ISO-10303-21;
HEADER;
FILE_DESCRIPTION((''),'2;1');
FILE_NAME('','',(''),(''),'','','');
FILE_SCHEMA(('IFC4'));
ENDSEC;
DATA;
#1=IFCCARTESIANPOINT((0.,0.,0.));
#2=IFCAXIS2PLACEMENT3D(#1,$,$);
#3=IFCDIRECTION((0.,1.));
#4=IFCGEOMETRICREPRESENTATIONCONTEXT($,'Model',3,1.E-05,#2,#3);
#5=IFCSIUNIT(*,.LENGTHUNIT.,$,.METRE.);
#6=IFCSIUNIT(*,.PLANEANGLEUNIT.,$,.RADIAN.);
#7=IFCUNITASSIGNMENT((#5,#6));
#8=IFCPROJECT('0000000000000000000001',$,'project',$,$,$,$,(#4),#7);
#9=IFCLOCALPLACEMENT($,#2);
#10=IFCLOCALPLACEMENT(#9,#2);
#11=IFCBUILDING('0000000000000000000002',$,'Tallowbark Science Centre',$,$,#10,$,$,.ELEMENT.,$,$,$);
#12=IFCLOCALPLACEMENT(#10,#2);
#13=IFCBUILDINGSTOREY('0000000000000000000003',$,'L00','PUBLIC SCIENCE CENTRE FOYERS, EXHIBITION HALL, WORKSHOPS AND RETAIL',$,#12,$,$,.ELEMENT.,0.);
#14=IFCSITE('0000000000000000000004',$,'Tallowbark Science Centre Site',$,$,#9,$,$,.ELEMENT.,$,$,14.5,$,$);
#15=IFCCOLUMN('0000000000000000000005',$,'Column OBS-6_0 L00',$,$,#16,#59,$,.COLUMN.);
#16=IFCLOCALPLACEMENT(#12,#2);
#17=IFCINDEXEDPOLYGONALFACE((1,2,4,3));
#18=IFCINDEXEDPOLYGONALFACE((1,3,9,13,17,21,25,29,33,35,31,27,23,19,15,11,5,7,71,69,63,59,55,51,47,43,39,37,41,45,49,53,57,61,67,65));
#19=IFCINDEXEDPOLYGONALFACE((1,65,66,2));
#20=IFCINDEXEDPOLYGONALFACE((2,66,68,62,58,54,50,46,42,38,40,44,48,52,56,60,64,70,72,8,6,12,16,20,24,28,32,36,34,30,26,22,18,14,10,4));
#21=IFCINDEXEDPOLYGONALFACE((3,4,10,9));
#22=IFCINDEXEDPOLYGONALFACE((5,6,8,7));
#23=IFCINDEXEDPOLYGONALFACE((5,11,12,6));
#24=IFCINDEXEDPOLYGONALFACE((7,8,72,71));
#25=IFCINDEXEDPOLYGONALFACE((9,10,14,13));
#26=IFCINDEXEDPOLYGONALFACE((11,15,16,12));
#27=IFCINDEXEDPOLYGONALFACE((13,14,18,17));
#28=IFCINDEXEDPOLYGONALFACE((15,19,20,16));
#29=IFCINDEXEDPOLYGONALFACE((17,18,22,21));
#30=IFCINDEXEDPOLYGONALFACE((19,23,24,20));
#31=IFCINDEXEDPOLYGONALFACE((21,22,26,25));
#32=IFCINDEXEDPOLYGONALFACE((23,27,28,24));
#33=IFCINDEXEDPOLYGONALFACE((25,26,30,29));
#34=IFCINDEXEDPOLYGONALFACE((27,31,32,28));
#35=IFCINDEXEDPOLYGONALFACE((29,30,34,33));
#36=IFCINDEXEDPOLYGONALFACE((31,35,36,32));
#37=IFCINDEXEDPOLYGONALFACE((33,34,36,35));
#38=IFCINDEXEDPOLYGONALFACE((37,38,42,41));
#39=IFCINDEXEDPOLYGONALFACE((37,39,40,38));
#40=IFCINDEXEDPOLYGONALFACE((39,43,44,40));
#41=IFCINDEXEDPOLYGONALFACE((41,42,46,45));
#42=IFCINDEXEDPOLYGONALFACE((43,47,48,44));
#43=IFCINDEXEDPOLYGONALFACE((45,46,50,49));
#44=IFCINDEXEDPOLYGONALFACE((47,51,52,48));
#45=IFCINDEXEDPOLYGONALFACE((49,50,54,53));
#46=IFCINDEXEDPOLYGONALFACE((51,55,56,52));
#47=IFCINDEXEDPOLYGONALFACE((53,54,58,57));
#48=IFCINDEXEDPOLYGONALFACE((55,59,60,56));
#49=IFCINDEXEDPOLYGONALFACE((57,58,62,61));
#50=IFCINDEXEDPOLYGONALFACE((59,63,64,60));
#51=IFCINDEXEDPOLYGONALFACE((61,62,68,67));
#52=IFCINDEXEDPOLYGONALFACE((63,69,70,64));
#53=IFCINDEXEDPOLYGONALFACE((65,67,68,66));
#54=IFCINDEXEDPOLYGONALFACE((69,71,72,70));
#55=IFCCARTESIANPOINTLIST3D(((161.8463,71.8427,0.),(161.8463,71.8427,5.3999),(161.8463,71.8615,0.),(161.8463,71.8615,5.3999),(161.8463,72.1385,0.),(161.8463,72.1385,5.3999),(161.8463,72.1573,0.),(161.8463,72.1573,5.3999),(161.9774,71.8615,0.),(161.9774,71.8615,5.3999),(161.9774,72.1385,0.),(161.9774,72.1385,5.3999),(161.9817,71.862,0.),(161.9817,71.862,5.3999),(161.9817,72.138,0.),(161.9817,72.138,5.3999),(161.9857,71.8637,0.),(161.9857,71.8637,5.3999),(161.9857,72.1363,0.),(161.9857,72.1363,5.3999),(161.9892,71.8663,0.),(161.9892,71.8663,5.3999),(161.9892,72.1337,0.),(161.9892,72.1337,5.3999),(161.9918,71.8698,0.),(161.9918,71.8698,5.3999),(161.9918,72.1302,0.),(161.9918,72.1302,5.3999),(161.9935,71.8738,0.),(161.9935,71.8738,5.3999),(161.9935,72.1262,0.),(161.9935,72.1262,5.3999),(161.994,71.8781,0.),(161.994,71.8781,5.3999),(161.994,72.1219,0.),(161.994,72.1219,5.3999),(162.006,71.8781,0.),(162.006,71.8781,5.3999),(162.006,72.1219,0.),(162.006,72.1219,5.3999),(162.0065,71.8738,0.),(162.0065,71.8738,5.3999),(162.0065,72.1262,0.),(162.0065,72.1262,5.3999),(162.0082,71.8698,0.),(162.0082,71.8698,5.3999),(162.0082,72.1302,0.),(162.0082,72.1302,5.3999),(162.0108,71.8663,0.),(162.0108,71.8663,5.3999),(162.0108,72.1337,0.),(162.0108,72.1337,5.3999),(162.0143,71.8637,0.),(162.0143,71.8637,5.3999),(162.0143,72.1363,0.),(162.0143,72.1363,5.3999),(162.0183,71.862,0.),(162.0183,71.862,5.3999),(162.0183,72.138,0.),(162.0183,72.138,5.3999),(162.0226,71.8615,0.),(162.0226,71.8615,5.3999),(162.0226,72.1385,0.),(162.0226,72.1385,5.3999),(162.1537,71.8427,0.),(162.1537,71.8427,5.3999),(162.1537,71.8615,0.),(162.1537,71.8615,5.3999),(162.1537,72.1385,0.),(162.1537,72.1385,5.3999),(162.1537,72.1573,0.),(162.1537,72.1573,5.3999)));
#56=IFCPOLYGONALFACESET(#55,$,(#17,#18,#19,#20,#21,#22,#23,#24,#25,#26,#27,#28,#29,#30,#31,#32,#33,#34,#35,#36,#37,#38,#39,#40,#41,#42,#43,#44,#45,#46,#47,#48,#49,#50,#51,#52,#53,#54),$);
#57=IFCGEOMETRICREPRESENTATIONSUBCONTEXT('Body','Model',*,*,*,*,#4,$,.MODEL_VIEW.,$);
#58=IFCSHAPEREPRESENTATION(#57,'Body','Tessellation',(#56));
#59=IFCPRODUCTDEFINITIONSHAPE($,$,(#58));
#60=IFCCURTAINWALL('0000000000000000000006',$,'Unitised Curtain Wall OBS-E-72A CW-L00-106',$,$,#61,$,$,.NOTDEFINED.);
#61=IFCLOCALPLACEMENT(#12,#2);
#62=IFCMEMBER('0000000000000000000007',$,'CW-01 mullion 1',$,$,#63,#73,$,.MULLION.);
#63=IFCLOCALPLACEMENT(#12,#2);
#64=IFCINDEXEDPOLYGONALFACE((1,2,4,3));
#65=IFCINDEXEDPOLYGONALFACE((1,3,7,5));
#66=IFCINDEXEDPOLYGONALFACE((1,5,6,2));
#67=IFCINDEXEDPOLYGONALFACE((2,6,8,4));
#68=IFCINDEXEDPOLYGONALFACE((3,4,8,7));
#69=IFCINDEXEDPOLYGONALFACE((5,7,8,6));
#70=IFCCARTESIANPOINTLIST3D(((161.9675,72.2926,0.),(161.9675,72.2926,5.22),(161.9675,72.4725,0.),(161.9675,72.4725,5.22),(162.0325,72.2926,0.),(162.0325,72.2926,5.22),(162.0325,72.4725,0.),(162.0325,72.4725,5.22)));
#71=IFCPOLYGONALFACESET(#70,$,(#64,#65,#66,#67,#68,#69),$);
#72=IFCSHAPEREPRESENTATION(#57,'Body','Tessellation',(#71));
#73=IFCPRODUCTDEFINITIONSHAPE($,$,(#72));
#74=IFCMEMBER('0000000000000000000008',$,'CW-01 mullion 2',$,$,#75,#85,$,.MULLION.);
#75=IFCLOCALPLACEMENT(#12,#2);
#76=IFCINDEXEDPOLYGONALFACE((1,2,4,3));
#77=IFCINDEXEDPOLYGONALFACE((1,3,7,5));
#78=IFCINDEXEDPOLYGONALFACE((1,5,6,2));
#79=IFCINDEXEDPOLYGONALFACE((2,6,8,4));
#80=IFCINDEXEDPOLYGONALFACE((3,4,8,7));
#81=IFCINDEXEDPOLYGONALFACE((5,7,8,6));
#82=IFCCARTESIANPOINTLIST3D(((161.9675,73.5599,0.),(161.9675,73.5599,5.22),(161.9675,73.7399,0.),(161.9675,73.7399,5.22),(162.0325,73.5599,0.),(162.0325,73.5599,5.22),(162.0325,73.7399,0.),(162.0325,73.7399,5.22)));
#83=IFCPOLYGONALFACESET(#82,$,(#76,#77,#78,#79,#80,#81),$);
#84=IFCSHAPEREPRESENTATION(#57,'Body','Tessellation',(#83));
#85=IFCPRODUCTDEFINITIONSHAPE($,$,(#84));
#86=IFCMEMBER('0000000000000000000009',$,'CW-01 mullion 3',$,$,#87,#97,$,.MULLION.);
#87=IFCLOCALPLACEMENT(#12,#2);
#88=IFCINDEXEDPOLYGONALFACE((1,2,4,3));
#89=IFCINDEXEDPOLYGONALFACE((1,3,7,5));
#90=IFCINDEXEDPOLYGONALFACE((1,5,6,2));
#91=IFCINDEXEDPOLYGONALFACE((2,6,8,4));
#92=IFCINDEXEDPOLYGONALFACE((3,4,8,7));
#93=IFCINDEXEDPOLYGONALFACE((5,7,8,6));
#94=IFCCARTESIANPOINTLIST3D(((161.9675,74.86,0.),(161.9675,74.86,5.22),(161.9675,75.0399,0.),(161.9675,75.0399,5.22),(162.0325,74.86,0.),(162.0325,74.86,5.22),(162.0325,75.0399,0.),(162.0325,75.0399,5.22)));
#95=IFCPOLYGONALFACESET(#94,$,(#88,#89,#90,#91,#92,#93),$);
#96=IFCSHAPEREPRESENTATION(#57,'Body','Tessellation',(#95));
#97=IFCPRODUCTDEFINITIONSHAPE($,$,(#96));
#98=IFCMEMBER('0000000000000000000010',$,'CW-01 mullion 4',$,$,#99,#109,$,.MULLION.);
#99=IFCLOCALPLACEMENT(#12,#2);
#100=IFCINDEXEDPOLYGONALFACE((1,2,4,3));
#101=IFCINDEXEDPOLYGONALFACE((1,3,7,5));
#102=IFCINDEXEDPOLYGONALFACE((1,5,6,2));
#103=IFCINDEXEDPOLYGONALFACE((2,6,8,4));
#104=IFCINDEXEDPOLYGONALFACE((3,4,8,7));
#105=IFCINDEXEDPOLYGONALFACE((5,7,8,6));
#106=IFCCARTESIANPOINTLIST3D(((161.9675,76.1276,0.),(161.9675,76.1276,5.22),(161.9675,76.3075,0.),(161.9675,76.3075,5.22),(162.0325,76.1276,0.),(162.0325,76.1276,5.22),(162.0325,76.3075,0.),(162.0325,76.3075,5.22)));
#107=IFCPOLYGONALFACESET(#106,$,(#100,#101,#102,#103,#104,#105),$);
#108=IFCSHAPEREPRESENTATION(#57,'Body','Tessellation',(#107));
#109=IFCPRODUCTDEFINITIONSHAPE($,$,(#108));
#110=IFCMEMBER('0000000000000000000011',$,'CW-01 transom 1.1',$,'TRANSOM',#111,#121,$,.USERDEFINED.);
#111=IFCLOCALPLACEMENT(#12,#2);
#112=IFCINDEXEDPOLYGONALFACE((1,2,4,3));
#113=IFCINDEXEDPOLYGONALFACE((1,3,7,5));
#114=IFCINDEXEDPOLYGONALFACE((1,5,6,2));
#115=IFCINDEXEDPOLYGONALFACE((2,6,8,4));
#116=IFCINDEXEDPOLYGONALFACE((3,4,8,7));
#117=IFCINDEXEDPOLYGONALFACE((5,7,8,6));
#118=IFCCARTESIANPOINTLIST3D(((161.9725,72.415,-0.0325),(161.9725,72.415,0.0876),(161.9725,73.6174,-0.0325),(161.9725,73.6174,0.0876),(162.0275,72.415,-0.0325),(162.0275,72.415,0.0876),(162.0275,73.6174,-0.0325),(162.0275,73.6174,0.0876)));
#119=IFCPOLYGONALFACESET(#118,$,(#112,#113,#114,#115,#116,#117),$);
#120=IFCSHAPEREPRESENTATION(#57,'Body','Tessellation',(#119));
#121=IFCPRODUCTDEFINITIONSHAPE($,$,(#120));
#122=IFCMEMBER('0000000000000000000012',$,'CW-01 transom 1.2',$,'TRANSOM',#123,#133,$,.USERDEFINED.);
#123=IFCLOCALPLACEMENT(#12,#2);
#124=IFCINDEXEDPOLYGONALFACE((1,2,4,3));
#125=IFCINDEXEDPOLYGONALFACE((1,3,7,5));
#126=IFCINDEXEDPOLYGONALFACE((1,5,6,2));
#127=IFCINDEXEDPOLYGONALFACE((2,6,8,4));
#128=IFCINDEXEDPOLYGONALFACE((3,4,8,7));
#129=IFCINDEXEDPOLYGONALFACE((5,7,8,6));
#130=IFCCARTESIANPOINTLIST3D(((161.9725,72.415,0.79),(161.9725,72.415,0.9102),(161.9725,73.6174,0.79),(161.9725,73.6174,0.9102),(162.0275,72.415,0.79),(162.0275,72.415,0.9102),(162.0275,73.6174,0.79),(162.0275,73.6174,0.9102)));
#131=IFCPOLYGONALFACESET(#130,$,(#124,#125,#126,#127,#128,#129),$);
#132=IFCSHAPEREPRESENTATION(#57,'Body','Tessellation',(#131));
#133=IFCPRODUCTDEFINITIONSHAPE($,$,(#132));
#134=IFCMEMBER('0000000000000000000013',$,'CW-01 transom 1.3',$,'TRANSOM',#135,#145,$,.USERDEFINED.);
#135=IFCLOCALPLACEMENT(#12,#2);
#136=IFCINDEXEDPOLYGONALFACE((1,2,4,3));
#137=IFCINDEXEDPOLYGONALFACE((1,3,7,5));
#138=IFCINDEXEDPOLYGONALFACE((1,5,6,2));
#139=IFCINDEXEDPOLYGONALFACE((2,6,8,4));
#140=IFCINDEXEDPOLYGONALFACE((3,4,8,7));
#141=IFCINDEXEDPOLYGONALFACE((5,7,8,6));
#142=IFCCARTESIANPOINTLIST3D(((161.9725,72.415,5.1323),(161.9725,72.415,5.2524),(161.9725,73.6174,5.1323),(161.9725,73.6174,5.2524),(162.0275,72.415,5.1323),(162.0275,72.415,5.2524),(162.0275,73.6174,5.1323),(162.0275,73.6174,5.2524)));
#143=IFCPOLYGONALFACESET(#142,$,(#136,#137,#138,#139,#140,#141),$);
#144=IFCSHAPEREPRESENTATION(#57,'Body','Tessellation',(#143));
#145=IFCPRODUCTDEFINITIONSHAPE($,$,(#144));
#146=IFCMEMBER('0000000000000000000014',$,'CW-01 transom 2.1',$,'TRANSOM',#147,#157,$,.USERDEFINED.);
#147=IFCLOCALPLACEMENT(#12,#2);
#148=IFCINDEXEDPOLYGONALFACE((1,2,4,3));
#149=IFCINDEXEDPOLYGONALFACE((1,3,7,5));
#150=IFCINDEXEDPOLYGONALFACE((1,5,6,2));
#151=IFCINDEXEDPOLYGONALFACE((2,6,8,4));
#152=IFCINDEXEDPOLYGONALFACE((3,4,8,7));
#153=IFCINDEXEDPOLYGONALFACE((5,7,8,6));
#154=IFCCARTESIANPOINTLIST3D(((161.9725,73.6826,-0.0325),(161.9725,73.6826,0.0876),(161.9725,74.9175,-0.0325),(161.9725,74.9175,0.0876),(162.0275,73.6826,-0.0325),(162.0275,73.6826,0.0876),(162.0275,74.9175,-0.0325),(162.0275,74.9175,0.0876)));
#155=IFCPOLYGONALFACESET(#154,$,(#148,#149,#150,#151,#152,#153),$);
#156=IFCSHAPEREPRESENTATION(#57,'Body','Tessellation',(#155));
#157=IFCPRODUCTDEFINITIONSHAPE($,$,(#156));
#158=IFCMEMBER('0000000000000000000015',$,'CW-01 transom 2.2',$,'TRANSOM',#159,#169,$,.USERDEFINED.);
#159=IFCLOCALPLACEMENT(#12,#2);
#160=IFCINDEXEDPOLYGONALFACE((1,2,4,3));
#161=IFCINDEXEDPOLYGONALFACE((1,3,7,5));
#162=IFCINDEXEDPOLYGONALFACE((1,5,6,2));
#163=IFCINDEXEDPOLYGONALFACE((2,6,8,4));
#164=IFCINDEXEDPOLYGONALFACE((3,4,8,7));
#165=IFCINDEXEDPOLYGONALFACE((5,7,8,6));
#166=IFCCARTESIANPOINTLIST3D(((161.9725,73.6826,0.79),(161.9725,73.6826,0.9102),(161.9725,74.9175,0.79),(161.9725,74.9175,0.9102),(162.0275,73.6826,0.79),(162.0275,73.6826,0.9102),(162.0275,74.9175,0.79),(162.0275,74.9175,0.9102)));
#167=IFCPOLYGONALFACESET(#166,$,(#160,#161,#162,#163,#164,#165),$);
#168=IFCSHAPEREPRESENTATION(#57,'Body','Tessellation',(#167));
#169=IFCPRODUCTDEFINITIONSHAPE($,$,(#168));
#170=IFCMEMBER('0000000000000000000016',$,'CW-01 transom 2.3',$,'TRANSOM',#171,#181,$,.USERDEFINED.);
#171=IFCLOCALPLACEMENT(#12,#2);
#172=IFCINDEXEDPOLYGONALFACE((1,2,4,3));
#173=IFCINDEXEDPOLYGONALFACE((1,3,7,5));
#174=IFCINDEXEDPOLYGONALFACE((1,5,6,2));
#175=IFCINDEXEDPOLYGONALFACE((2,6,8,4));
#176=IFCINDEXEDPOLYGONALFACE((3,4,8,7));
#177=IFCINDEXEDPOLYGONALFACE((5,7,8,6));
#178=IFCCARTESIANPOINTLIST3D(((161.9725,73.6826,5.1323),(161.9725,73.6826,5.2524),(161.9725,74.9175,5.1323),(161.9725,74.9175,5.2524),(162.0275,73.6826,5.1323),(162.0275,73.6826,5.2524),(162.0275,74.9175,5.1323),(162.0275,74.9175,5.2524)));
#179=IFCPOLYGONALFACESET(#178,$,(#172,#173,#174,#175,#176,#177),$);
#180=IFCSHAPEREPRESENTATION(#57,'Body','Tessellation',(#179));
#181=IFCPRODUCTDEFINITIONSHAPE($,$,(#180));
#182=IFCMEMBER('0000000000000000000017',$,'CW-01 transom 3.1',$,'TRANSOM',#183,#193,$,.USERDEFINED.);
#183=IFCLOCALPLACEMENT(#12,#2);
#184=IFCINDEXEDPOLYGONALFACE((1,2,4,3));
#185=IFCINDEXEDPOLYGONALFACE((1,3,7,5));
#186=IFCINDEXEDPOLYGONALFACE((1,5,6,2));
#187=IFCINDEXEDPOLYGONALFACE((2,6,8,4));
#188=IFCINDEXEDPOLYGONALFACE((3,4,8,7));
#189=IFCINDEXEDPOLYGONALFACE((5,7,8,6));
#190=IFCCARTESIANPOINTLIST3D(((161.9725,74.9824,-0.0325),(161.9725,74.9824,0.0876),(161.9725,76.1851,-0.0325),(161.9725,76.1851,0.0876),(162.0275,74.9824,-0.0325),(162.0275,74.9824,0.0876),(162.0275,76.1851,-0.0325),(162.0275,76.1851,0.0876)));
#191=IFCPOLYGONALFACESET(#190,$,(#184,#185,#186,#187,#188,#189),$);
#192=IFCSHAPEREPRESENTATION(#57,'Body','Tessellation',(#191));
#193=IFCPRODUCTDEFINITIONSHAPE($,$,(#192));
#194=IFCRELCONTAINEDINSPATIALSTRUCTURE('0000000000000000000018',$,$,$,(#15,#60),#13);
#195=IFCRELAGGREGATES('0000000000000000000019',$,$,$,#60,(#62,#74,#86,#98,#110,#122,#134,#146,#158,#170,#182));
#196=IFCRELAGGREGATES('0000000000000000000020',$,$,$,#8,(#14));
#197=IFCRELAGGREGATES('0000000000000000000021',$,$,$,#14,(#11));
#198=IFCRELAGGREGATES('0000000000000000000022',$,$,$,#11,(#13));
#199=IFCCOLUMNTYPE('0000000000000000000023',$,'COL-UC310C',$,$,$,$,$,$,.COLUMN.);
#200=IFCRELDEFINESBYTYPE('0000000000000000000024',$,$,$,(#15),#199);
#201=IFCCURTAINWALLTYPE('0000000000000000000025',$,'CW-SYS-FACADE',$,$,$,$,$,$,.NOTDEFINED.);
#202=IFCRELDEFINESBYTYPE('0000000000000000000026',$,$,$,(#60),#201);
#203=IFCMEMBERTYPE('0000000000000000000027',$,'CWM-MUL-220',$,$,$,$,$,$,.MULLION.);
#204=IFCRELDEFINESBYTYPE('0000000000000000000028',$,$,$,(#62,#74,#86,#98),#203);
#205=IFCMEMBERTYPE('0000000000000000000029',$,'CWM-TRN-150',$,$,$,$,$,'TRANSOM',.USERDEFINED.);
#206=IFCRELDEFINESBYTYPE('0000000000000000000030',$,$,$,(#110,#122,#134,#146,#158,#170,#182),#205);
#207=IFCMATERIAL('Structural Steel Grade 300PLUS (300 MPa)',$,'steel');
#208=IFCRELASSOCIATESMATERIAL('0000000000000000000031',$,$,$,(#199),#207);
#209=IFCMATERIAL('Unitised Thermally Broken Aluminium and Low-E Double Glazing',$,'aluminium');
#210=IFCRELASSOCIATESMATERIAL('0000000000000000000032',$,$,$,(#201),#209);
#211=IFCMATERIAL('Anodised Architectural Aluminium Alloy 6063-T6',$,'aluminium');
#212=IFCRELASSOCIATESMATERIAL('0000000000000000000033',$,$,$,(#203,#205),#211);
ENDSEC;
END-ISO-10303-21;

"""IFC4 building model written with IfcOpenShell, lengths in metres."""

from ifc_helpers import new_model, si_unit, direction, frame, origin, origin_2d, place, context, subcontext, project, spatial, rectangle, i_section, extrude, material, material_profile, profile_set, type_object, element, aggregate, save


model = new_model("IFC4")

# Units and contexts
model_context = context("Model", 3, precision=1e-05, world=origin(), true_north=direction((0.0, 1.0)))
body_context = subcontext(model_context, "Body", "Model", "MODEL_VIEW")
ifc_project = project(units=[si_unit("LENGTHUNIT", "METRE"), si_unit("PLANEANGLEUNIT", "RADIAN")], contexts=[model_context])

# Site, building, storey
site_placement = place(None, origin())
site = spatial("IfcSite", under=ifc_project, at=site_placement, Name="Tallowbark Science Centre Site", CompositionType="ELEMENT", RefElevation=14.5)
building_placement = place(site_placement, origin())
building = spatial("IfcBuilding", under=site, at=building_placement, Name="Tallowbark Science Centre", CompositionType="ELEMENT")
storey_placement = place(building_placement, origin())
storey = spatial("IfcBuildingStorey", under=building, at=storey_placement, Name="L00", Description="PUBLIC SCIENCE CENTRE FOYERS, EXHIBITION HALL, WORKSHOPS AND RETAIL", CompositionType="ELEMENT", Elevation=0.0)

# Column
ifc_material_1 = material(Name="Structural Steel Grade 300PLUS (300 MPa)", Category="steel")
ifc_material_profile_1 = material_profile(ifc_material_1, i_section(OverallWidth=0.3074, OverallDepth=0.3147, WebThickness=0.012, FlangeThickness=0.0188, FilletRadius=0.0166, at=origin_2d()), Name="310UC118")
ifc_profile_set_1 = profile_set([ifc_material_profile_1], Name="Structural Steel Grade 300PLUS (300 MPa)")
column_type = type_object("IfcColumnType", Name="COL-UC310C", PredefinedType="COLUMN", material=ifc_profile_set_1)
column_placement = place(storey_placement, frame((162.0, 72.0, 0.0), z_axis=(0.0, 0.0, 1.0), x_axis=(1.0, 0.0, 0.0)))
element("IfcColumn", 1, at=column_placement, inside=storey, type_object=column_type, Name="Column OBS-6_0 L00", PredefinedType="COLUMN", context=body_context, shape_type="SweptSolid", body=[
    extrude(i_section(OverallWidth=0.3074, OverallDepth=0.3147, WebThickness=0.012, FlangeThickness=0.0188, FilletRadius=0.0166, at=origin_2d()), origin(), (0.0, 0.0, 1.0), 5.3999),
])

# Curtain wall, members
ifc_material_2 = material(Name="Unitised Thermally Broken Aluminium and Low-E Double Glazing", Category="aluminium")
curtain_wall_type = type_object("IfcCurtainWallType", Name="CW-SYS-FACADE", PredefinedType="NOTDEFINED", material=ifc_material_2)
curtain_wall_placement = place(storey_placement, origin())
curtain_wall = element("IfcCurtainWall", 2, at=curtain_wall_placement, inside=storey, type_object=curtain_wall_type, Name="Unitised Curtain Wall OBS-E-72A CW-L00-106", PredefinedType="NOTDEFINED")
ifc_material_3 = material(Name="Anodised Architectural Aluminium Alloy 6063-T6", Category="aluminium")
ifc_material_profile_2 = material_profile(ifc_material_3, rectangle(XDim=0.0649, YDim=0.1799, at=origin_2d()), Name="ALU65x180")
ifc_profile_set_2 = profile_set([ifc_material_profile_2], Name="Anodised Architectural Aluminium Alloy 6063-T6")
member_type_1 = type_object("IfcMemberType", Name="CWM-MUL-220", PredefinedType="MULLION", material=ifc_profile_set_2)
member_1_placement = place(storey_placement, frame((162.0, 72.3826, 0.0), z_axis=(0.0, 0.0, 1.0), x_axis=(-1.0, 0.0, 0.0)))
member_1 = element("IfcMember", 3, at=member_1_placement, type_object=member_type_1, Name="CW-01 mullion 1", PredefinedType="MULLION", context=body_context, shape_type="SweptSolid", body=[
    extrude(rectangle(XDim=0.0649, YDim=0.1799, at=origin_2d()), origin(), (0.0, 0.0, 1.0), 5.22),
])
member_2_placement = place(storey_placement, frame((162.0, 73.6499, 0.0), z_axis=(0.0, 0.0, 1.0), x_axis=(-1.0, 0.0, 0.0)))
member_2 = element("IfcMember", 4, at=member_2_placement, type_object=member_type_1, Name="CW-01 mullion 2", PredefinedType="MULLION", context=body_context, shape_type="SweptSolid", body=[
    extrude(rectangle(XDim=0.0649, YDim=0.1799, at=origin_2d()), origin(), (0.0, 0.0, 1.0), 5.22),
])
member_3_placement = place(storey_placement, frame((162.0, 74.95, 0.0), z_axis=(0.0, 0.0, 1.0), x_axis=(-1.0, 0.0, 0.0)))
member_3 = element("IfcMember", 5, at=member_3_placement, type_object=member_type_1, Name="CW-01 mullion 3", PredefinedType="MULLION", context=body_context, shape_type="SweptSolid", body=[
    extrude(rectangle(XDim=0.0649, YDim=0.1799, at=origin_2d()), origin(), (0.0, 0.0, 1.0), 5.22),
])
member_4_placement = place(storey_placement, frame((162.0, 76.2175, 0.0), z_axis=(0.0, 0.0, 1.0), x_axis=(-1.0, 0.0, 0.0)))
member_4 = element("IfcMember", 6, at=member_4_placement, type_object=member_type_1, Name="CW-01 mullion 4", PredefinedType="MULLION", context=body_context, shape_type="SweptSolid", body=[
    extrude(rectangle(XDim=0.0649, YDim=0.1799, at=origin_2d()), origin(), (0.0, 0.0, 1.0), 5.22),
])
ifc_material_profile_3 = material_profile(ifc_material_3, rectangle(XDim=0.0549, YDim=0.1201, at=origin_2d()), Name="ALU55x120")
ifc_profile_set_3 = profile_set([ifc_material_profile_3], Name="Anodised Architectural Aluminium Alloy 6063-T6")
member_type_2 = type_object("IfcMemberType", Name="CWM-TRN-150", ElementType="TRANSOM", PredefinedType="USERDEFINED", material=ifc_profile_set_3)
member_5_placement = place(storey_placement, frame((162.0, 72.415, 0.0276), z_axis=(0.0, 1.0, 0.0), x_axis=(-1.0, 0.0, 0.0)))
member_5 = element("IfcMember", 7, at=member_5_placement, type_object=member_type_2, Name="CW-01 transom 1.1", ObjectType="TRANSOM", PredefinedType="USERDEFINED", context=body_context, shape_type="SweptSolid", body=[
    extrude(rectangle(XDim=0.0549, YDim=0.1201, at=origin_2d()), origin(), (0.0, 0.0, 1.0), 1.2024),
])
member_6_placement = place(storey_placement, frame((162.0, 72.415, 0.8501), z_axis=(0.0, 1.0, 0.0), x_axis=(-1.0, 0.0, 0.0)))
member_6 = element("IfcMember", 8, at=member_6_placement, type_object=member_type_2, Name="CW-01 transom 1.2", ObjectType="TRANSOM", PredefinedType="USERDEFINED", context=body_context, shape_type="SweptSolid", body=[
    extrude(rectangle(XDim=0.0549, YDim=0.1201, at=origin_2d()), origin(), (0.0, 0.0, 1.0), 1.2024),
])
member_7_placement = place(storey_placement, frame((162.0, 72.415, 5.1924), z_axis=(0.0, 1.0, 0.0), x_axis=(-1.0, 0.0, 0.0)))
member_7 = element("IfcMember", 9, at=member_7_placement, type_object=member_type_2, Name="CW-01 transom 1.3", ObjectType="TRANSOM", PredefinedType="USERDEFINED", context=body_context, shape_type="SweptSolid", body=[
    extrude(rectangle(XDim=0.0549, YDim=0.1201, at=origin_2d()), origin(), (0.0, 0.0, 1.0), 1.2024),
])
member_8_placement = place(storey_placement, frame((162.0, 73.6826, 0.0276), z_axis=(0.0, 1.0, 0.0), x_axis=(-1.0, 0.0, 0.0)))
member_8 = element("IfcMember", 10, at=member_8_placement, type_object=member_type_2, Name="CW-01 transom 2.1", ObjectType="TRANSOM", PredefinedType="USERDEFINED", context=body_context, shape_type="SweptSolid", body=[
    extrude(rectangle(XDim=0.0549, YDim=0.1201, at=origin_2d()), origin(), (0.0, 0.0, 1.0), 1.2349),
])
member_9_placement = place(storey_placement, frame((162.0, 73.6826, 0.8501), z_axis=(0.0, 1.0, 0.0), x_axis=(-1.0, 0.0, 0.0)))
member_9 = element("IfcMember", 11, at=member_9_placement, type_object=member_type_2, Name="CW-01 transom 2.2", ObjectType="TRANSOM", PredefinedType="USERDEFINED", context=body_context, shape_type="SweptSolid", body=[
    extrude(rectangle(XDim=0.0549, YDim=0.1201, at=origin_2d()), origin(), (0.0, 0.0, 1.0), 1.2349),
])
member_10_placement = place(storey_placement, frame((162.0, 73.6826, 5.1924), z_axis=(0.0, 1.0, 0.0), x_axis=(-1.0, 0.0, 0.0)))
member_10 = element("IfcMember", 12, at=member_10_placement, type_object=member_type_2, Name="CW-01 transom 2.3", ObjectType="TRANSOM", PredefinedType="USERDEFINED", context=body_context, shape_type="SweptSolid", body=[
    extrude(rectangle(XDim=0.0549, YDim=0.1201, at=origin_2d()), origin(), (0.0, 0.0, 1.0), 1.2349),
])
member_11_placement = place(storey_placement, frame((162.0, 74.9824, 0.0276), z_axis=(0.0, 1.0, 0.0), x_axis=(-1.0, 0.0, 0.0)))
member_11 = element("IfcMember", 13, at=member_11_placement, type_object=member_type_2, Name="CW-01 transom 3.1", ObjectType="TRANSOM", PredefinedType="USERDEFINED", context=body_context, shape_type="SweptSolid", body=[
    extrude(rectangle(XDim=0.0549, YDim=0.1201, at=origin_2d()), origin(), (0.0, 0.0, 1.0), 1.2026),
])

aggregate(curtain_wall, [member_1, member_2, member_3, member_4, member_5, member_6, member_7, member_8, member_9, member_10, member_11])

save(model, "model.ifc")
